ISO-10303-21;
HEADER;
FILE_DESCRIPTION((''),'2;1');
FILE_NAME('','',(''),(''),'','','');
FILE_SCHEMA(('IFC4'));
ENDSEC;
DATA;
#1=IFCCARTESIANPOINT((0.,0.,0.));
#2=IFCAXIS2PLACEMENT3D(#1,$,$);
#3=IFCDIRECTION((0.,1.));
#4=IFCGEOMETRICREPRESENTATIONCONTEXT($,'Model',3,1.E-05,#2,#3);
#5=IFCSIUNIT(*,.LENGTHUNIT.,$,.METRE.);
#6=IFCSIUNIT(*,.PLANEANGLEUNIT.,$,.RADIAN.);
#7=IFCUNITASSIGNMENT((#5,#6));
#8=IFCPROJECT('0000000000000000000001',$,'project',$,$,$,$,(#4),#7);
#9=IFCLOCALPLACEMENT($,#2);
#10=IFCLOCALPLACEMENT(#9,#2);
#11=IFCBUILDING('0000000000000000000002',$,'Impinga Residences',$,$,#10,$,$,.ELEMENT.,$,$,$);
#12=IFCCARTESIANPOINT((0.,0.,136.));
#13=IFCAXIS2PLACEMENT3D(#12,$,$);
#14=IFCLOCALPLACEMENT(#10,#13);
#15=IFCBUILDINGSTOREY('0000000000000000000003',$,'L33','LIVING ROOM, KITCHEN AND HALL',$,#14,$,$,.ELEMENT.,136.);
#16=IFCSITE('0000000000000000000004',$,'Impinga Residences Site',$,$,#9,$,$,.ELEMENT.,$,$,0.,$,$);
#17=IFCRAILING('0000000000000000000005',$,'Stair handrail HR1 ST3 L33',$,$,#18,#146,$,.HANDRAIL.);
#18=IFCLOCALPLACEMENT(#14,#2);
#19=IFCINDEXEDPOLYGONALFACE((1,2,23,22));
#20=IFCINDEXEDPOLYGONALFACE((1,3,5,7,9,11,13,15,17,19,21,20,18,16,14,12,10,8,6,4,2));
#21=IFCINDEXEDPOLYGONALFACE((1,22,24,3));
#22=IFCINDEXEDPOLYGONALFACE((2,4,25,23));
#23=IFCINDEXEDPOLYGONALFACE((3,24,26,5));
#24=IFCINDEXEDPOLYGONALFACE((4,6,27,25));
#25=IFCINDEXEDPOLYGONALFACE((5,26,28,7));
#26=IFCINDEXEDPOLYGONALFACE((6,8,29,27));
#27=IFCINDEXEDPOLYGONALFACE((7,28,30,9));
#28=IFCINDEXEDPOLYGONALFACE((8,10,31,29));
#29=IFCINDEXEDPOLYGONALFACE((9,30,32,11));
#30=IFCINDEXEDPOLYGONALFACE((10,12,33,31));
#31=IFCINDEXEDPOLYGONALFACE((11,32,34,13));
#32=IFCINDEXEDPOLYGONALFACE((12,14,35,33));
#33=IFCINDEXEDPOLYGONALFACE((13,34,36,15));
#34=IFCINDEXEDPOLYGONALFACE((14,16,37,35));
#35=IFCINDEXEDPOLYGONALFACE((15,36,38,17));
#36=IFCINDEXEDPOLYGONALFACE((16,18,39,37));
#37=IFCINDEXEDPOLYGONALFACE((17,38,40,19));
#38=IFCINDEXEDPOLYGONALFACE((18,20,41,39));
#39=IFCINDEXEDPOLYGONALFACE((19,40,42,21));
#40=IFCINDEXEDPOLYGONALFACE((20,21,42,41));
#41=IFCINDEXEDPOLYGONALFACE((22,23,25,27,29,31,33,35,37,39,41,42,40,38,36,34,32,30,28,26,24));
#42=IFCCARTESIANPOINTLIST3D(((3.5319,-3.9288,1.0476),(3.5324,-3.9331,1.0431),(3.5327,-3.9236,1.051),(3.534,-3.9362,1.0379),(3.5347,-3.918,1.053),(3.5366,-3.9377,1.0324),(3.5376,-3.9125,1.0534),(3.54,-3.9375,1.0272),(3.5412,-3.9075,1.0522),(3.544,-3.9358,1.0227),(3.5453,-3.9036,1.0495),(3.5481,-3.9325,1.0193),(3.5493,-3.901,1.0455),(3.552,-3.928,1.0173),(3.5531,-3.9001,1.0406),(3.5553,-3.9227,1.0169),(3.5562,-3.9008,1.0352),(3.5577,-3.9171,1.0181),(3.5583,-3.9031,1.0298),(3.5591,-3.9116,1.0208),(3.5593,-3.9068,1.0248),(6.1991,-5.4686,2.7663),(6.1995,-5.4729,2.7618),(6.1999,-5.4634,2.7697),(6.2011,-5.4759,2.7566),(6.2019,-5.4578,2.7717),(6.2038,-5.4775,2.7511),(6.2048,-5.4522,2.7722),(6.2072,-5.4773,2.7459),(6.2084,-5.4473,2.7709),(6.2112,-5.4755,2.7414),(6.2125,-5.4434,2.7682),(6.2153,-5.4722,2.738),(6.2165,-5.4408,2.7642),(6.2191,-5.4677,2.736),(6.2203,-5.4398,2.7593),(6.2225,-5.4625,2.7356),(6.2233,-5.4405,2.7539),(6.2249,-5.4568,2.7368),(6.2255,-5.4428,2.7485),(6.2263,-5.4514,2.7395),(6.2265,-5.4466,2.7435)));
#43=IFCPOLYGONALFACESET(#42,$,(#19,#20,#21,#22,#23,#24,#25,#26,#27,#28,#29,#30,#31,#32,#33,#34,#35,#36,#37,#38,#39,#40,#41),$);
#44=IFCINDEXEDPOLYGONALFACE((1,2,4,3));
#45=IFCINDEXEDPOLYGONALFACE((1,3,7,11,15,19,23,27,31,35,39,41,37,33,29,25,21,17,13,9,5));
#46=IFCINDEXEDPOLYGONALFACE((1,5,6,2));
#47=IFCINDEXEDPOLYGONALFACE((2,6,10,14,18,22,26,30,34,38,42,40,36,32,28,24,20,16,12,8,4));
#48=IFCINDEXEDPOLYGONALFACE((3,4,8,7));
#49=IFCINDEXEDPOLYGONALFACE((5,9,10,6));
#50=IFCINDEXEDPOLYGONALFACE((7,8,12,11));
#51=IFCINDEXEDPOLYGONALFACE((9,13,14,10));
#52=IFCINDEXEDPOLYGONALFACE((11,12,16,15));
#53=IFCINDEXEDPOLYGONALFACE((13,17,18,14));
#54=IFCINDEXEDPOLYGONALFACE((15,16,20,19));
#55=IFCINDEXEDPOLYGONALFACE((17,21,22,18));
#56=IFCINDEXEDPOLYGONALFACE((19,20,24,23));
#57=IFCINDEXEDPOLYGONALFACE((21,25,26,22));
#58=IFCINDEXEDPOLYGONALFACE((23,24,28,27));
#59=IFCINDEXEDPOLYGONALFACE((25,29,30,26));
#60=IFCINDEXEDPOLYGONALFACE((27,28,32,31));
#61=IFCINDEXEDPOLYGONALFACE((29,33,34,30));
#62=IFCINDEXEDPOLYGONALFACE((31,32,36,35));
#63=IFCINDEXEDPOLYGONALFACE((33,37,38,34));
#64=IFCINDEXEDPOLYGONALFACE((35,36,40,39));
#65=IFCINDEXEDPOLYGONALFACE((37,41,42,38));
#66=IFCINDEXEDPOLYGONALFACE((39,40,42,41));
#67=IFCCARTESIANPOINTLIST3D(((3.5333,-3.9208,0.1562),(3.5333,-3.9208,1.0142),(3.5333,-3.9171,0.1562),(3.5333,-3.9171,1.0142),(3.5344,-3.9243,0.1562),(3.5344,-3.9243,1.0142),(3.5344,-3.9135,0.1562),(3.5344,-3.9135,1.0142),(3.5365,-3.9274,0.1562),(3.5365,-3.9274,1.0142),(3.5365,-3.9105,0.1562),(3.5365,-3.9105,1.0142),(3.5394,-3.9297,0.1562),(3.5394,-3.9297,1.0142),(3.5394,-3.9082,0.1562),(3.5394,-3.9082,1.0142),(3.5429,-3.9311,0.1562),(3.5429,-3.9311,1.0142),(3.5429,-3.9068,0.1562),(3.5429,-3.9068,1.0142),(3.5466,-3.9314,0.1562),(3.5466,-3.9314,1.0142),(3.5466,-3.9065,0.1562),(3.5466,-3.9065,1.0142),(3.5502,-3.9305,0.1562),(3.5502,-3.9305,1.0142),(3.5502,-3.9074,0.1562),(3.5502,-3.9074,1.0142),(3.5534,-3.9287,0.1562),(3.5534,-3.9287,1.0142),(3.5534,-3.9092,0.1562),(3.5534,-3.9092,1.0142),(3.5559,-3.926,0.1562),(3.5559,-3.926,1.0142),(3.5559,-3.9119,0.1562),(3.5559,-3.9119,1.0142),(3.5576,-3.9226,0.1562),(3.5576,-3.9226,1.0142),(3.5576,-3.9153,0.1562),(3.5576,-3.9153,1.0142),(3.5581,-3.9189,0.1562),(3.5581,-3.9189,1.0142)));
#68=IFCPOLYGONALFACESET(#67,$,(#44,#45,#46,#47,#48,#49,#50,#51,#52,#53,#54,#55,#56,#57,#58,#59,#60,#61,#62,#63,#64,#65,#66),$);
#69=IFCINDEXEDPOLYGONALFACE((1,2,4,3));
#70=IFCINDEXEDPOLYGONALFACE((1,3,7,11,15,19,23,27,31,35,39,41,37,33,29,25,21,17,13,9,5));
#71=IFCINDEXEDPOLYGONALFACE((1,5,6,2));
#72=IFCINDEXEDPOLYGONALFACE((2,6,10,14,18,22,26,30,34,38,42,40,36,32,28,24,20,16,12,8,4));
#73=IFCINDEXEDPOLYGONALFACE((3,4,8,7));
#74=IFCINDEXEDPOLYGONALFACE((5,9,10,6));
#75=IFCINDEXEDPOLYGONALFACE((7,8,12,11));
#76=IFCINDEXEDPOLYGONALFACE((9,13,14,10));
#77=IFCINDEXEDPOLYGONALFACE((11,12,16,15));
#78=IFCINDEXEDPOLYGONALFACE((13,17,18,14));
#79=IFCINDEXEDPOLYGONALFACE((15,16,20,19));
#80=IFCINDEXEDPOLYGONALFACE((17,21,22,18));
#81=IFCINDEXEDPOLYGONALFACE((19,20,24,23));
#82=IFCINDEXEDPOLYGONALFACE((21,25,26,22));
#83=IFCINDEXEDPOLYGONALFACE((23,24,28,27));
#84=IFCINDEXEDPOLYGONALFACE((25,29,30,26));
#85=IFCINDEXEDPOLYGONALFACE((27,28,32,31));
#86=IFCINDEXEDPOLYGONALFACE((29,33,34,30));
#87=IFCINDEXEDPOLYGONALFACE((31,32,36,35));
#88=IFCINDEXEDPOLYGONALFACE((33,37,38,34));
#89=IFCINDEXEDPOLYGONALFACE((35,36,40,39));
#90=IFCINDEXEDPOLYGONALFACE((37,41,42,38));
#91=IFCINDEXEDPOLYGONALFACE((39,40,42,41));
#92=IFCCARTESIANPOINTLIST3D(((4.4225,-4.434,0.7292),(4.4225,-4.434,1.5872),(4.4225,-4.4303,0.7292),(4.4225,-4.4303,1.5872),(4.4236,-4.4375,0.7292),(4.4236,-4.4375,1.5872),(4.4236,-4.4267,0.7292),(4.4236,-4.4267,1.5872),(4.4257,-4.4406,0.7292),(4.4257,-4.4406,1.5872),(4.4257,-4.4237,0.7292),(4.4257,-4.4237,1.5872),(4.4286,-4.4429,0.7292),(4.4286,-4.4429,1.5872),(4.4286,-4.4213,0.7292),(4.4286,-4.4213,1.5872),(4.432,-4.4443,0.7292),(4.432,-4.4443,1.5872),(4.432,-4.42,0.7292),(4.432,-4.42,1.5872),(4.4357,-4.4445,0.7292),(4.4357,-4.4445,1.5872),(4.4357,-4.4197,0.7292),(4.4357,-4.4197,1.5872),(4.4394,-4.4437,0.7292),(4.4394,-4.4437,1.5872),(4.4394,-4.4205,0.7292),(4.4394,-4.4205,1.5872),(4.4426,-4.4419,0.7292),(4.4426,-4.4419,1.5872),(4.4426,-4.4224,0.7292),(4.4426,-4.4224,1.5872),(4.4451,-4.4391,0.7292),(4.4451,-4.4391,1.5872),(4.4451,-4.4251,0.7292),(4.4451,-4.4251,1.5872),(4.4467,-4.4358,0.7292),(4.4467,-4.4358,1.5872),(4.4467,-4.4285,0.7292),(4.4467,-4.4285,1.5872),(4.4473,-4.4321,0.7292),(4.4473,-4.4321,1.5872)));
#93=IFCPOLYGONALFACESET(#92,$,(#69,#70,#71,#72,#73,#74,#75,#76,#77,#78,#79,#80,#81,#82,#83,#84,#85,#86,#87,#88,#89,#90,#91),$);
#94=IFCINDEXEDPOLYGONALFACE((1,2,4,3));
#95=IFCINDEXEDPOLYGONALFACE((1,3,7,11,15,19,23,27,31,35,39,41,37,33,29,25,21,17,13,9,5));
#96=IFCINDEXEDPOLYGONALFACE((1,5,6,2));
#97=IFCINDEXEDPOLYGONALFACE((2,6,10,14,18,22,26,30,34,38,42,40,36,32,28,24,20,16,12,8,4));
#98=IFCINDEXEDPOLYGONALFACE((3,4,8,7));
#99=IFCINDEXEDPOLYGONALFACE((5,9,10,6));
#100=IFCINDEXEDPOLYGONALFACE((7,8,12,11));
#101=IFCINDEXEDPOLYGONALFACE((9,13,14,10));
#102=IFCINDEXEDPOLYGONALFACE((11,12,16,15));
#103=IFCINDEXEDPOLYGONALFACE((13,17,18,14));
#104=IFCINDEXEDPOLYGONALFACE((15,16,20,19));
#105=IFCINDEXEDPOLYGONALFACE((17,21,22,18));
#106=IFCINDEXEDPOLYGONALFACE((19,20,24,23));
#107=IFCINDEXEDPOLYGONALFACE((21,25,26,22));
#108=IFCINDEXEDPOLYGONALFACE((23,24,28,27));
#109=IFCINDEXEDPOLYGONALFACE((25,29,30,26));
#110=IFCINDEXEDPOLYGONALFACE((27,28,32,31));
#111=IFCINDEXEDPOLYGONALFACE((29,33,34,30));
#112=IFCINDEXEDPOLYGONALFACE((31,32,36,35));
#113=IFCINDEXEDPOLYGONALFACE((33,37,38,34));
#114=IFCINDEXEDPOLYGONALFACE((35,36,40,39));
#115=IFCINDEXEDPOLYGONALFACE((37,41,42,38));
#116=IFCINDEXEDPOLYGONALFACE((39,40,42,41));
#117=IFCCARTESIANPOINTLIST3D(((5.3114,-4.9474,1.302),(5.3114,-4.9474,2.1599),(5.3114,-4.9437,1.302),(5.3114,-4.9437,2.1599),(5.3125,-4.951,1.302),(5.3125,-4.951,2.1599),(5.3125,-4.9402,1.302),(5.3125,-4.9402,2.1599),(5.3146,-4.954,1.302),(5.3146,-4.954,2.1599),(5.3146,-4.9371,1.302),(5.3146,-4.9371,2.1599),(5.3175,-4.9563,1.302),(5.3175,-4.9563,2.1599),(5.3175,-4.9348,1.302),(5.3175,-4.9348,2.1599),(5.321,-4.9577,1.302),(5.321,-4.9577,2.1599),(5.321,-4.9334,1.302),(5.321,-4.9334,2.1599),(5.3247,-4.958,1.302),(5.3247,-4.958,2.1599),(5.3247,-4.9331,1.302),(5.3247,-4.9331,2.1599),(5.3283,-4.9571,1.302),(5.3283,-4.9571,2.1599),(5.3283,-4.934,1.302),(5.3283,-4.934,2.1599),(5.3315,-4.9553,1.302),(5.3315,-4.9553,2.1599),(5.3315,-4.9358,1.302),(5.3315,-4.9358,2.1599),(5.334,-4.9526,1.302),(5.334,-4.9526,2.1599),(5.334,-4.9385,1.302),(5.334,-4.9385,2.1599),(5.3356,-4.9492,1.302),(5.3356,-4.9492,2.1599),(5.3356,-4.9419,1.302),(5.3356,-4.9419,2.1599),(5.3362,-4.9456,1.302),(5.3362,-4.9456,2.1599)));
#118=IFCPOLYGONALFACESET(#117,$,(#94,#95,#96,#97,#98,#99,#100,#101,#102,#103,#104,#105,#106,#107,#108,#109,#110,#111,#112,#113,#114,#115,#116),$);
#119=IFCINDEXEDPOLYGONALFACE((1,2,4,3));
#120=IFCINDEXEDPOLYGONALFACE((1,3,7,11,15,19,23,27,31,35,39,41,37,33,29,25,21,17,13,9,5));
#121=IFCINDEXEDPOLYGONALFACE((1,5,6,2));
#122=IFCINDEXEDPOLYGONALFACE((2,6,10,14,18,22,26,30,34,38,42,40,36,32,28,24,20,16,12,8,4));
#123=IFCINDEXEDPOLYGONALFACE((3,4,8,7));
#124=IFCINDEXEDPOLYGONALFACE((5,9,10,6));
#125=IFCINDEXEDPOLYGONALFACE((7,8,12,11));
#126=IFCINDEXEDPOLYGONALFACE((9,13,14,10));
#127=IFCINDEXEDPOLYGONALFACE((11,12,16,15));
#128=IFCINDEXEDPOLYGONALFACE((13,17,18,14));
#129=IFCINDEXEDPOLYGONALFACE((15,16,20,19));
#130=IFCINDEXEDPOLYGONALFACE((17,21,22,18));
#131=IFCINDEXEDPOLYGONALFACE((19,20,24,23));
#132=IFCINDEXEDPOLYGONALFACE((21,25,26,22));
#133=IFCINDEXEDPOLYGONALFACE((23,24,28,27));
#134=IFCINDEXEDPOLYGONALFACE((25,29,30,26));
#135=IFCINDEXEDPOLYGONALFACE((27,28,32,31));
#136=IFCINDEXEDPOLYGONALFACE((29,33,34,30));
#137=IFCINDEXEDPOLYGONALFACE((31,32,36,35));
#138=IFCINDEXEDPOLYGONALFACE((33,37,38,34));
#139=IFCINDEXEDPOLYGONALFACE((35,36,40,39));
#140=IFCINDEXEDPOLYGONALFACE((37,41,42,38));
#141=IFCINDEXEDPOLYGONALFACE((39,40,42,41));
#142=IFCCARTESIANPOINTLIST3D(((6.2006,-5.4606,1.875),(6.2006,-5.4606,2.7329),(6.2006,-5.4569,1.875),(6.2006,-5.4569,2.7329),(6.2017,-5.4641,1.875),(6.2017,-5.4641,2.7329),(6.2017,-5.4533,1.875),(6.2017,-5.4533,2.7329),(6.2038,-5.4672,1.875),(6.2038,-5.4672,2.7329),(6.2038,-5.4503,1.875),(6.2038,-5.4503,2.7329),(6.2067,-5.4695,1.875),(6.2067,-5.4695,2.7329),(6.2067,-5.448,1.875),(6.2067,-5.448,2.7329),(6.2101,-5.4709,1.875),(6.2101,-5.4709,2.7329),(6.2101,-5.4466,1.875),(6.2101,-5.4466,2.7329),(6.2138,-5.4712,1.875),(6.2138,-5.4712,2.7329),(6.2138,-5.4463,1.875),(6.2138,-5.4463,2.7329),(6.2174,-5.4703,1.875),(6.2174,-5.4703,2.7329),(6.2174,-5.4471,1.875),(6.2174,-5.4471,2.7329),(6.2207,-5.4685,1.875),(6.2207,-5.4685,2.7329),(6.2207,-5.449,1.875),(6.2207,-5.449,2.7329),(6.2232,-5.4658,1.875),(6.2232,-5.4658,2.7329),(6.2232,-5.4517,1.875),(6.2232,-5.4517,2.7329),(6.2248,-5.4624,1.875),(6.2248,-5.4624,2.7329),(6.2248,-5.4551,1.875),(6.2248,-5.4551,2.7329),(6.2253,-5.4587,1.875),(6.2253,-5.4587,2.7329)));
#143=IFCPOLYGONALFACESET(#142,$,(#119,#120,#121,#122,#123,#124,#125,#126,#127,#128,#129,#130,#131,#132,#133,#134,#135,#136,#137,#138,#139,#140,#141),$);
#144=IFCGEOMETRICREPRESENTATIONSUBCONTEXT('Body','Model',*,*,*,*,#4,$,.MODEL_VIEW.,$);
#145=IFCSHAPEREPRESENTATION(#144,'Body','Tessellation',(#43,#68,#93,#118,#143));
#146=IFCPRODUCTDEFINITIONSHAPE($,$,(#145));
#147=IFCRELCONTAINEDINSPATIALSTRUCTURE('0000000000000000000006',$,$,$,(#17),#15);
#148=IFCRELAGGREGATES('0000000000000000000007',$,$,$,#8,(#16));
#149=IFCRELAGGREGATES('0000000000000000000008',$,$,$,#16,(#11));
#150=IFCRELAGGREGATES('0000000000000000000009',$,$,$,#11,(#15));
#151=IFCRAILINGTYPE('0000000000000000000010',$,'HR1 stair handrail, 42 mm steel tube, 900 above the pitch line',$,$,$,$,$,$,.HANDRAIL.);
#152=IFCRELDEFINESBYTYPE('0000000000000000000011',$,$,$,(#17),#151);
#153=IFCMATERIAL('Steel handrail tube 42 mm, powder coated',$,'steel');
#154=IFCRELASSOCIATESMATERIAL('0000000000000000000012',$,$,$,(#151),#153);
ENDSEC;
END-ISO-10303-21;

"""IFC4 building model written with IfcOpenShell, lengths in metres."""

from ifc_helpers import new_model, si_unit, direction, frame, origin, origin_2d, place, context, subcontext, project, spatial, circle, extrude, material, type_object, element, save


model = new_model("IFC4")

# Units and contexts
model_context = context("Model", 3, precision=1e-05, world=origin(), true_north=direction((0.0, 1.0)))
body_context = subcontext(model_context, "Body", "Model", "MODEL_VIEW")
ifc_project = project(units=[si_unit("LENGTHUNIT", "METRE"), si_unit("PLANEANGLEUNIT", "RADIAN")], contexts=[model_context])

# Site, building, storey
site_placement = place(None, origin())
site = spatial("IfcSite", under=ifc_project, at=site_placement, Name="Impinga Residences Site", CompositionType="ELEMENT", RefElevation=0.0)
building_placement = place(site_placement, origin())
building = spatial("IfcBuilding", under=site, at=building_placement, Name="Impinga Residences", CompositionType="ELEMENT")
storey_placement = place(building_placement, frame((0.0, 0.0, 136.0)))
storey = spatial("IfcBuildingStorey", under=building, at=storey_placement, Name="L33", Description="LIVING ROOM, KITCHEN AND HALL", CompositionType="ELEMENT", Elevation=136.0)

# Railing
ifc_material_1 = material(Name="Steel handrail tube 42 mm, powder coated", Category="steel")
railing_type_1 = type_object("IfcRailingType", Name="HR1 stair handrail, 42 mm steel tube, 900 above the pitch line", PredefinedType="HANDRAIL", material=ifc_material_1)
railing_1_placement = place(storey_placement, frame((3.5457, -3.9189, 0.1562)))
element("IfcRailing", 1, at=railing_1_placement, inside=storey, type_object=railing_type_1, Name="Stair handrail HR1 ST3 L33", PredefinedType="HANDRAIL", context=body_context, shape_type="SweptSolid", body=[
    extrude(circle(Radius=0.021, at=origin_2d()), frame((0.0, 0.0, 0.8789), z_axis=(0.756249, -0.436582, 0.487322), x_axis=(0.499967, 0.866044, 0.0)), (0.0, 0.0, 1.0), 3.5269),
    extrude(circle(Radius=0.0125, at=origin_2d()), origin(), (0.0, 0.0, 1.0), 0.8579),
    extrude(circle(Radius=0.0125, at=origin_2d()), frame((0.8892, -0.5132, 0.573)), (0.0, 0.0, 1.0), 0.8579),
    extrude(circle(Radius=0.0125, at=origin_2d()), frame((1.7781, -1.0266, 1.1458)), (0.0, 0.0, 1.0), 0.8579),
    extrude(circle(Radius=0.0125, at=origin_2d()), frame((2.6672, -1.5398, 1.7188)), (0.0, 0.0, 1.0), 0.8579),
])

save(model, "model.ifc")
